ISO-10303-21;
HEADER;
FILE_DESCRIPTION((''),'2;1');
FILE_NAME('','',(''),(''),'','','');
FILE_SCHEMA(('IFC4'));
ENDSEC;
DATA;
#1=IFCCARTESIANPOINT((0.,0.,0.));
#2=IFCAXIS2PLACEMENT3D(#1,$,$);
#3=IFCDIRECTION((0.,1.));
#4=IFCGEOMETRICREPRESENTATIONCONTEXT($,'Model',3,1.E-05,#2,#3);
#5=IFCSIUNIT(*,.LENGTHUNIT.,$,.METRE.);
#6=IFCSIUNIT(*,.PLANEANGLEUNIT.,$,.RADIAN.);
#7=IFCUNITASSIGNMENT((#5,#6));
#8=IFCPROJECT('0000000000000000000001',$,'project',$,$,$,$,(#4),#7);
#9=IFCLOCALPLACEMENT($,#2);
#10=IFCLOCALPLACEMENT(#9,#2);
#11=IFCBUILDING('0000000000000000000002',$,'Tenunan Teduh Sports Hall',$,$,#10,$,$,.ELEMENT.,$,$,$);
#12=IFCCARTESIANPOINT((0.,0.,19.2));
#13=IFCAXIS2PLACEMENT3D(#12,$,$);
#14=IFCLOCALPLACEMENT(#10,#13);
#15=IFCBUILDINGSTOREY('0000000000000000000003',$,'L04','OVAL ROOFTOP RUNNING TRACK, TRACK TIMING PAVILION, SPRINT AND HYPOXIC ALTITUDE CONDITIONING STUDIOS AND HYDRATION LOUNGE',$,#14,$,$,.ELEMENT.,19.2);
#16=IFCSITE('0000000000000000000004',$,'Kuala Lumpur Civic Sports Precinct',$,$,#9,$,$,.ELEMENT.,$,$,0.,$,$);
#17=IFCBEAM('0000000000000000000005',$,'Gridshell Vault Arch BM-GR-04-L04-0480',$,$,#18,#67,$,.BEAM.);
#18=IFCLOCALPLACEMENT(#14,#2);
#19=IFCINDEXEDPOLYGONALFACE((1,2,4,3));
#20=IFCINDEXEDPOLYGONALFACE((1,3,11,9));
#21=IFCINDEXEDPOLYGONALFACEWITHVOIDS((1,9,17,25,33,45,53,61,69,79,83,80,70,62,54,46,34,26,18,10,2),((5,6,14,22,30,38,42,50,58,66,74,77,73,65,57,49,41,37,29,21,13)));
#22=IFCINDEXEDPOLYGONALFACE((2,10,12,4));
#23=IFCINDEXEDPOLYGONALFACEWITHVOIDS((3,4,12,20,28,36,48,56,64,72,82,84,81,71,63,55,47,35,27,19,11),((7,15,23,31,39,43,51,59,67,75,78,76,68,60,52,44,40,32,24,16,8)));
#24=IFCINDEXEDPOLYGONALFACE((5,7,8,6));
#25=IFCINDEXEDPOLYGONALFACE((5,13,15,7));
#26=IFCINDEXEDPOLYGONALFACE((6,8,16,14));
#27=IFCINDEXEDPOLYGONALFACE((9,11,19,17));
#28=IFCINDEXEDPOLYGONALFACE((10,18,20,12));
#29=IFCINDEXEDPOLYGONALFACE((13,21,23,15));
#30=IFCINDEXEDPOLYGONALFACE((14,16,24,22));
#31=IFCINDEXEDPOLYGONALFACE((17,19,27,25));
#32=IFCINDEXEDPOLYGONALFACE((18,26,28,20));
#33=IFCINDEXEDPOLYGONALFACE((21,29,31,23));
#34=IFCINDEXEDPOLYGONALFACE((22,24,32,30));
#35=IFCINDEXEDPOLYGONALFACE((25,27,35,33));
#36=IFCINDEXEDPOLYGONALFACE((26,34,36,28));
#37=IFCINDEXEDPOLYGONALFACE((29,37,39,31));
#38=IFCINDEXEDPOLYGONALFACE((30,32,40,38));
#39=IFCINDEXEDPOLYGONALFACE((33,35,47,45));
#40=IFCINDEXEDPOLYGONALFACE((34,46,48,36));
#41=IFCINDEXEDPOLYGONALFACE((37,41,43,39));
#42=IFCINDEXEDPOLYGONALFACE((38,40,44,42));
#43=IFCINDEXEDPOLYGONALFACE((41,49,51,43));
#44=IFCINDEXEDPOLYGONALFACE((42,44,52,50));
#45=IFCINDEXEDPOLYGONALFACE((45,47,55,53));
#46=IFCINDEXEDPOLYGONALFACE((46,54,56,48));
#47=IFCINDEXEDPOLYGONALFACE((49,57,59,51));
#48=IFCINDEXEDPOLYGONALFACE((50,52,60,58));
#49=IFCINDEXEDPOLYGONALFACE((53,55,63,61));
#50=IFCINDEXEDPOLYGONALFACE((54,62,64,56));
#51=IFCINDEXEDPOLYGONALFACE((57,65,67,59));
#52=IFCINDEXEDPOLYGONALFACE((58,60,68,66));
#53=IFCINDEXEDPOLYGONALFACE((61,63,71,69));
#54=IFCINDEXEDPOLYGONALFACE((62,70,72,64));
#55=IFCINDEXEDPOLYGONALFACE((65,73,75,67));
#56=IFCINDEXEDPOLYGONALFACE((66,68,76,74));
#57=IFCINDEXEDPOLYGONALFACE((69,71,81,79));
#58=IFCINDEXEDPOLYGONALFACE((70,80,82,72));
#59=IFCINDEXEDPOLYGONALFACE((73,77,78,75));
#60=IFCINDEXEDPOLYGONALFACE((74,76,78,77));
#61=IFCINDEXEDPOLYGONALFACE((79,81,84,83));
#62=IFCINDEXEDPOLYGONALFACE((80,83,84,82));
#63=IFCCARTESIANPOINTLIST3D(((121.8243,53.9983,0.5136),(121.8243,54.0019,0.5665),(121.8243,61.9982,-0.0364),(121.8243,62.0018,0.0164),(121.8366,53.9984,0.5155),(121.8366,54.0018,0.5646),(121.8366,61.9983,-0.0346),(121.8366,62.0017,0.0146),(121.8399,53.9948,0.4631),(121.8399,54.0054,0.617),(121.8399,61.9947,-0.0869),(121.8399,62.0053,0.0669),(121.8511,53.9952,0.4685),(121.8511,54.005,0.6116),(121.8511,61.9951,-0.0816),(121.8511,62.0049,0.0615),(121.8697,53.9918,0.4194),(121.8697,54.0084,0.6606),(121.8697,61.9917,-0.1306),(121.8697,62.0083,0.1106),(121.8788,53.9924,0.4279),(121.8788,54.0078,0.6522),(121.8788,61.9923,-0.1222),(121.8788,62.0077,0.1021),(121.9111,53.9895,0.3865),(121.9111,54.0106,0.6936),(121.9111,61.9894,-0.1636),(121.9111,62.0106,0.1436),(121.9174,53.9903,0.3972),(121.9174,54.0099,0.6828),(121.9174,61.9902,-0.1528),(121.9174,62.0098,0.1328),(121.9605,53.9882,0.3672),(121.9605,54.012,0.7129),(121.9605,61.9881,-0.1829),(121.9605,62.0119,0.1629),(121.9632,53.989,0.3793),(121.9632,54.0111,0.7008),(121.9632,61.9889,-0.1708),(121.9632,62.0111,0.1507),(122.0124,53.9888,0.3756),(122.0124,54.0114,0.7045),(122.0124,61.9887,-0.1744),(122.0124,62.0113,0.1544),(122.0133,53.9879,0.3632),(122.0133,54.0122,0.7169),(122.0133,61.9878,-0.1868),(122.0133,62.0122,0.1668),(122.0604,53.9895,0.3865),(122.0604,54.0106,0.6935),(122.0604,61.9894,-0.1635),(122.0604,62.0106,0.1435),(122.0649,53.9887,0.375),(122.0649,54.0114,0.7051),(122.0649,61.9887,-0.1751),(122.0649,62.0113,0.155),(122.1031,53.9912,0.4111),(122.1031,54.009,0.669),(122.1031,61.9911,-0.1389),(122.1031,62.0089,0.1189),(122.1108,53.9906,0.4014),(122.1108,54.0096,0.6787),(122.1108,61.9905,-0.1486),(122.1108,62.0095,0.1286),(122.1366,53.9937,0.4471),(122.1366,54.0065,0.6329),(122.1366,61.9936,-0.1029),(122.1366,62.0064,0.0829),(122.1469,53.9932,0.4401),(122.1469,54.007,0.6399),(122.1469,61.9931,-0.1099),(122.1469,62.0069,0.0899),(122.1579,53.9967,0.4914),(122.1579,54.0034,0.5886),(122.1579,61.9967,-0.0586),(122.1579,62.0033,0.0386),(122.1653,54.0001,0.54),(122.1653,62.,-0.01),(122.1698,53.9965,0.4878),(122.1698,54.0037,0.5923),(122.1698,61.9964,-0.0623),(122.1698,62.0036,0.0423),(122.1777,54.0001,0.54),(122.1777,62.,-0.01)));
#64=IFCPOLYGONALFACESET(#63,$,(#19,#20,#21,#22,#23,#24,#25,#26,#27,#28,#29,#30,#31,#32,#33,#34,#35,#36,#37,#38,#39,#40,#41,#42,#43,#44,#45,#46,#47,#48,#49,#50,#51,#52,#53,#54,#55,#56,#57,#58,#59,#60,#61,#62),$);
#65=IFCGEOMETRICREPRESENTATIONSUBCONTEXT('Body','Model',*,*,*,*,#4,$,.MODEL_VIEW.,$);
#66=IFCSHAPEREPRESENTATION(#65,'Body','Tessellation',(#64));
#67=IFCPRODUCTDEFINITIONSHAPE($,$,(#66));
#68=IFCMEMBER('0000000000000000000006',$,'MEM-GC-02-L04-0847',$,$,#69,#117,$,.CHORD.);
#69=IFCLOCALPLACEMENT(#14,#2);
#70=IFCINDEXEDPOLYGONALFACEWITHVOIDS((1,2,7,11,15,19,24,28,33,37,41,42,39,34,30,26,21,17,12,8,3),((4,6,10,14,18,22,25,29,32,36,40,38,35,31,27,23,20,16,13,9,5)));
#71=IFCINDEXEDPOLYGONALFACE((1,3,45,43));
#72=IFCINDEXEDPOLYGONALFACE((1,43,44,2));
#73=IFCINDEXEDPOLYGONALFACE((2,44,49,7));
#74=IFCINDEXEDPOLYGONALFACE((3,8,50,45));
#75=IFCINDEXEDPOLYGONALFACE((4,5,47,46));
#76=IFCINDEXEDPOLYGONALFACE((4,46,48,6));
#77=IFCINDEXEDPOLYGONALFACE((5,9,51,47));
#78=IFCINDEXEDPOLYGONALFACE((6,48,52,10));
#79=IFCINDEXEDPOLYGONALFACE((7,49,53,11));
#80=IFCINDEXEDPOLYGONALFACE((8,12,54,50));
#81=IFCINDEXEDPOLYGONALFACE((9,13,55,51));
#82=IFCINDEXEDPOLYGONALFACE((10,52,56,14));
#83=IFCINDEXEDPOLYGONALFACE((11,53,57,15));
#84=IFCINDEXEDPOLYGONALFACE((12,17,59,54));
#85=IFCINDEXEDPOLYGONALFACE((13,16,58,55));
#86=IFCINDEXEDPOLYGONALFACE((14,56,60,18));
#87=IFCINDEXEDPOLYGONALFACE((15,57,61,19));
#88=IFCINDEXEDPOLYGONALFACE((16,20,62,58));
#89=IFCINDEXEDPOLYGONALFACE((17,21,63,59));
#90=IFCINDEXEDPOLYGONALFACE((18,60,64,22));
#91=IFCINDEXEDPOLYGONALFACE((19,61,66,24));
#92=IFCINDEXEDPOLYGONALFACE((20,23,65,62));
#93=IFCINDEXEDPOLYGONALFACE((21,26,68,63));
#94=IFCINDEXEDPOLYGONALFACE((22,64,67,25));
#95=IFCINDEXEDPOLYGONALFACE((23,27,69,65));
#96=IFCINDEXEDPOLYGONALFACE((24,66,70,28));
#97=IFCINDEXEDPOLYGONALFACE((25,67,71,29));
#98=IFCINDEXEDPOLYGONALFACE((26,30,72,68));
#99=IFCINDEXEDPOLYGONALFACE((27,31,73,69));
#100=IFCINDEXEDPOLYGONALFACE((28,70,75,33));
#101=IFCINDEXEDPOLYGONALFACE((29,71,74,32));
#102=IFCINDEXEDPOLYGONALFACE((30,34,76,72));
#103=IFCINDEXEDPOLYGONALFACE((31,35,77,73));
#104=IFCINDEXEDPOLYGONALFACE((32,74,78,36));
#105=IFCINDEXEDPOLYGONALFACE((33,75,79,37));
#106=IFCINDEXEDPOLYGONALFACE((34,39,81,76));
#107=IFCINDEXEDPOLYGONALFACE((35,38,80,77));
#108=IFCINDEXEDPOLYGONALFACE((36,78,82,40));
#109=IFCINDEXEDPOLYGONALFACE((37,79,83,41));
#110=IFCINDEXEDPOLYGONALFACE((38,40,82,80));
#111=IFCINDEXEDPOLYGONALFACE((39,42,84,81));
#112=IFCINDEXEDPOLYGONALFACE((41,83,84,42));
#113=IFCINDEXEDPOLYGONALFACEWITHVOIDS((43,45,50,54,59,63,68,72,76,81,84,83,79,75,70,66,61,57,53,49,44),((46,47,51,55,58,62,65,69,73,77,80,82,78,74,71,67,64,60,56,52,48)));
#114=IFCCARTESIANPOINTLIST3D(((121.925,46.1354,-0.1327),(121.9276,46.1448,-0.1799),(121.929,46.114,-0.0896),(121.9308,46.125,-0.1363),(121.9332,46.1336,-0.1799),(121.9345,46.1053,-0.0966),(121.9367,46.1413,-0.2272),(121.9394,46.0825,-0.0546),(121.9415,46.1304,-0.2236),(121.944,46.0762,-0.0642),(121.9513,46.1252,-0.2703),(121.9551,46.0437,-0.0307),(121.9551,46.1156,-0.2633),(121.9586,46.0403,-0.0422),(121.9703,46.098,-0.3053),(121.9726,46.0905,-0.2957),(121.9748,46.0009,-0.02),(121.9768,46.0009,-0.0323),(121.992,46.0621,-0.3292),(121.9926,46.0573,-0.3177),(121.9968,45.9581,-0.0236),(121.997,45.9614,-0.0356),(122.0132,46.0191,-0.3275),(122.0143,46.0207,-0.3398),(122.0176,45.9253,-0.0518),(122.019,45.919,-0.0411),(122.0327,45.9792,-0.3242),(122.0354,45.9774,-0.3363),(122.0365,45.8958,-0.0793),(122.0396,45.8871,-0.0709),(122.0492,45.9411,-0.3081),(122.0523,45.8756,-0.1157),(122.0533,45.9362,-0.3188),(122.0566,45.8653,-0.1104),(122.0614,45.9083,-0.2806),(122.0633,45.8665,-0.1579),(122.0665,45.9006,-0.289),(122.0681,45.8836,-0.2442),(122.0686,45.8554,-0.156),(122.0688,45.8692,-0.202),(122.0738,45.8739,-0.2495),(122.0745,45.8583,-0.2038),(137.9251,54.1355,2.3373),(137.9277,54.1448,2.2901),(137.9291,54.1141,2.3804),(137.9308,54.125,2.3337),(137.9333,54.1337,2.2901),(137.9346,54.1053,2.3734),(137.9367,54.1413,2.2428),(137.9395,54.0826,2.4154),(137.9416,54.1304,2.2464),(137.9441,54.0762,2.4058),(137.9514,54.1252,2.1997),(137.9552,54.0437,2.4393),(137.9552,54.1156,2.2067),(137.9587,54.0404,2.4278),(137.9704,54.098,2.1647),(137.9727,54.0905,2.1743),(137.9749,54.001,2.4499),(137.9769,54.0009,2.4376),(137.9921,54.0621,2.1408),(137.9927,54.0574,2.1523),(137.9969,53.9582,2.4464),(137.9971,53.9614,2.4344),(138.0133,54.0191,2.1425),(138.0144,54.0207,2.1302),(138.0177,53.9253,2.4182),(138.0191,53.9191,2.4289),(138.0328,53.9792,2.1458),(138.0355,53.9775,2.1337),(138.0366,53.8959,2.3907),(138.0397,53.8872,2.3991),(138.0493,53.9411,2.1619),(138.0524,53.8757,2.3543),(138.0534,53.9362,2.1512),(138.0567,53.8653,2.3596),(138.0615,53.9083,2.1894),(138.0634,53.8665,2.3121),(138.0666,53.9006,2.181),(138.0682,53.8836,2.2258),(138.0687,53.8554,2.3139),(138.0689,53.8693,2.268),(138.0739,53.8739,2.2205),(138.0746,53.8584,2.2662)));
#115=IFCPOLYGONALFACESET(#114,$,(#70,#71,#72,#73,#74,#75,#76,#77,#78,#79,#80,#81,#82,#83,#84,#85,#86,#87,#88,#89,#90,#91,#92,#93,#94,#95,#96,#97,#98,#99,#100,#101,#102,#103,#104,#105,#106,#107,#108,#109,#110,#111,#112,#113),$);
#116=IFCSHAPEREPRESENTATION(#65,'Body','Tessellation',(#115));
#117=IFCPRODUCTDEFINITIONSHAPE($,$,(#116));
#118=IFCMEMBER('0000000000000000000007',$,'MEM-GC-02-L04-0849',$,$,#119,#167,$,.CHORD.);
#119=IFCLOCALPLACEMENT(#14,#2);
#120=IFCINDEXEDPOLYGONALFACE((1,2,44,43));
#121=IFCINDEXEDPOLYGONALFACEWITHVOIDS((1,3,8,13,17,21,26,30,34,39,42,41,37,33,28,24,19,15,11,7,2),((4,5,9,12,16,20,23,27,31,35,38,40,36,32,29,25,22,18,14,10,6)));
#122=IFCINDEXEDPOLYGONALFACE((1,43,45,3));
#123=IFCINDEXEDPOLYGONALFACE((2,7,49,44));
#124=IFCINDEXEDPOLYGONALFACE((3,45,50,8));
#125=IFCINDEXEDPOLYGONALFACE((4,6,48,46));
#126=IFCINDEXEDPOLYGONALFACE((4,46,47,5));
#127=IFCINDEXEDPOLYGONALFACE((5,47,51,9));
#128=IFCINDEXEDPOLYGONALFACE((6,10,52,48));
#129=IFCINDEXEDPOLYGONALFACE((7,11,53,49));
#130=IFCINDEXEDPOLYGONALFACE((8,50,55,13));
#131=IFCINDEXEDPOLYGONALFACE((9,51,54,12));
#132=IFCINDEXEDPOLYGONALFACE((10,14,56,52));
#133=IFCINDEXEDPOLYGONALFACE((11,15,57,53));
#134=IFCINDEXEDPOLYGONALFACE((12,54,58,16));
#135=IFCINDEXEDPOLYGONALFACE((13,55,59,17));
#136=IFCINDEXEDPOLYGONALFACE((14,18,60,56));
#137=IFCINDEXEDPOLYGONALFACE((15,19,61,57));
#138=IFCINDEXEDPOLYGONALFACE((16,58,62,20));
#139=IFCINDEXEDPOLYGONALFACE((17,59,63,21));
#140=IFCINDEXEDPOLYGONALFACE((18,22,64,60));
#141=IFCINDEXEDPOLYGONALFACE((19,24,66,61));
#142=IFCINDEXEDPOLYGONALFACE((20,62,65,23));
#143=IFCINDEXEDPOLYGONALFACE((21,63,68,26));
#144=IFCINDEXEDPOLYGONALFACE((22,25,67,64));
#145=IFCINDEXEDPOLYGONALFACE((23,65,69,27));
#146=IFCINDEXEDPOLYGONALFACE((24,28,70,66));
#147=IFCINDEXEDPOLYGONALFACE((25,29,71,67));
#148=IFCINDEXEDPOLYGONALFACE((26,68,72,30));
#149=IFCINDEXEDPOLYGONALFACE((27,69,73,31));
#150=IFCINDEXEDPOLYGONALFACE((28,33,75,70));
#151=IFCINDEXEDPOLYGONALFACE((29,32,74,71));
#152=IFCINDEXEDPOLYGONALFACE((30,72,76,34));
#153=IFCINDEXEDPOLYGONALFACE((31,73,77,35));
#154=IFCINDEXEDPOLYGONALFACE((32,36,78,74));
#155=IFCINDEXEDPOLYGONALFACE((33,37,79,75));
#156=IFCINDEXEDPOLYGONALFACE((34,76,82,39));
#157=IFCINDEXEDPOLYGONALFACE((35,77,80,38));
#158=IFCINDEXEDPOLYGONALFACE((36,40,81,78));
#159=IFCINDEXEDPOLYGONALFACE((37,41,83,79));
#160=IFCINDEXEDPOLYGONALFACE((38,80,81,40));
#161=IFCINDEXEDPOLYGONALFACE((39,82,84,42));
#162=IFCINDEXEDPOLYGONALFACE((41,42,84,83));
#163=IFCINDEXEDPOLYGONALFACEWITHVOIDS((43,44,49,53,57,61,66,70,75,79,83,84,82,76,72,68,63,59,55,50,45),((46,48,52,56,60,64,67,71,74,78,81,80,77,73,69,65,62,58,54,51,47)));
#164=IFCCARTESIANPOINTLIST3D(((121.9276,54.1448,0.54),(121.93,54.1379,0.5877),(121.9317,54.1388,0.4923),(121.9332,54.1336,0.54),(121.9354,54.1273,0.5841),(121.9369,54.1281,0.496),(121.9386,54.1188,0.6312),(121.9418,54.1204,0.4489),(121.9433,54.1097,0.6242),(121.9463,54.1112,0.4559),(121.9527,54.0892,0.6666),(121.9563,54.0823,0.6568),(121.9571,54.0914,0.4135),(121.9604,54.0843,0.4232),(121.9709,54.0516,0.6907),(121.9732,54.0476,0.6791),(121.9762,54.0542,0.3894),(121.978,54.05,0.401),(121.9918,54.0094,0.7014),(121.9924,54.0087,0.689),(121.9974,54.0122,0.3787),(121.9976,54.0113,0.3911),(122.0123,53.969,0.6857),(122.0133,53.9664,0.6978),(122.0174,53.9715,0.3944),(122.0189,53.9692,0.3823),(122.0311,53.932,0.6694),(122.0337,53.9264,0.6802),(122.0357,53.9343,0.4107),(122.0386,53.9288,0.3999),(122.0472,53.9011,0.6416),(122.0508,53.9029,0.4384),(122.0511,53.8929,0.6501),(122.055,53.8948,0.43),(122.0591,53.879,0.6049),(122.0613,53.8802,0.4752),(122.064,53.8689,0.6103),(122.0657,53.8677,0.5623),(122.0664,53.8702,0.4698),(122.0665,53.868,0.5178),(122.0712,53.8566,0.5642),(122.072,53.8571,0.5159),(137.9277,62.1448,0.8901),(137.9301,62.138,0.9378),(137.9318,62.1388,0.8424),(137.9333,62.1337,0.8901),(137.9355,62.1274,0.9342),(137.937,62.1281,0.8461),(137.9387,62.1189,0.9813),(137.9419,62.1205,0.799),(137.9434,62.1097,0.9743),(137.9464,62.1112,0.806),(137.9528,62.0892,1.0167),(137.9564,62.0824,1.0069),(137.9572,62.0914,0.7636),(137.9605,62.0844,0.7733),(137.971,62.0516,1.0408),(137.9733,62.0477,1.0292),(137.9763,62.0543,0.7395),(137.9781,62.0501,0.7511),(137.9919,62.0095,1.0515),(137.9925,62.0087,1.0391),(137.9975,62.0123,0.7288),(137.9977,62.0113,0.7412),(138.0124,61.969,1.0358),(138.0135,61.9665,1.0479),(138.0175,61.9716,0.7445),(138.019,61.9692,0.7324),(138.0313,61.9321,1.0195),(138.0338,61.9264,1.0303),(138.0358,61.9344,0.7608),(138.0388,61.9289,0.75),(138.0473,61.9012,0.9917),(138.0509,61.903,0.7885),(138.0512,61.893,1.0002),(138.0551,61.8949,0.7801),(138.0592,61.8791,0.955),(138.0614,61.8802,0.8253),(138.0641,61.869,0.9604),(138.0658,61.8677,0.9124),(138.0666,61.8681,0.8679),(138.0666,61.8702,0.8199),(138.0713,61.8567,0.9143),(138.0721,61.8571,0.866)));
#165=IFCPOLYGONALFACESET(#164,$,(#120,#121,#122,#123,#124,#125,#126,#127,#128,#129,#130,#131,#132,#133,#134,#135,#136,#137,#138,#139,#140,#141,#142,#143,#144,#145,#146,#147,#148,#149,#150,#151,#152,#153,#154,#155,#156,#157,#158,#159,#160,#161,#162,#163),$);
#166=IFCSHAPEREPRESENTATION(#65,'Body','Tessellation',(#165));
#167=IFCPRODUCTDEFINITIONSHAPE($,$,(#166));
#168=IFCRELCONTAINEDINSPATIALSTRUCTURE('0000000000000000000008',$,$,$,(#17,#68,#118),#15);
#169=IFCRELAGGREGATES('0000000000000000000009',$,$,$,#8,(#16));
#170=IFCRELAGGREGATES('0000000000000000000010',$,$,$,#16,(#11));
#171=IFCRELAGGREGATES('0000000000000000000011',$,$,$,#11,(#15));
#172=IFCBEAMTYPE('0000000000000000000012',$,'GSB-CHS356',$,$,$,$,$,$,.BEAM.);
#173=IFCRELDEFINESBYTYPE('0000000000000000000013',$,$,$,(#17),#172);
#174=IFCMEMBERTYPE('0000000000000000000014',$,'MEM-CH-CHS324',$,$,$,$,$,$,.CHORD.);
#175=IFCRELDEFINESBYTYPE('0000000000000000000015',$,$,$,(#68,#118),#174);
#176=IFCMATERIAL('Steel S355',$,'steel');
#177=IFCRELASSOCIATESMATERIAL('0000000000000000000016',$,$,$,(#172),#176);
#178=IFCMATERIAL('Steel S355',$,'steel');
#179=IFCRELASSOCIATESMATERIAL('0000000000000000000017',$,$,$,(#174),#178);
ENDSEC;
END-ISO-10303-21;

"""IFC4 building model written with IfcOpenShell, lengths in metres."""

from ifc_helpers import new_model, si_unit, direction, frame, origin, origin_2d, place, context, subcontext, project, spatial, hollow_circle, extrude, material, material_profile, profile_set, type_object, element, save


model = new_model("IFC4")

# Units and contexts
model_context = context("Model", 3, precision=1e-05, world=origin(), true_north=direction((0.0, 1.0)))
body_context = subcontext(model_context, "Body", "Model", "MODEL_VIEW")
ifc_project = project(units=[si_unit("LENGTHUNIT", "METRE"), si_unit("PLANEANGLEUNIT", "RADIAN")], contexts=[model_context])

# Site, building, storey
site_placement = place(None, origin())
site = spatial("IfcSite", under=ifc_project, at=site_placement, Name="Kuala Lumpur Civic Sports Precinct", CompositionType="ELEMENT", RefElevation=0.0)
building_placement = place(site_placement, origin())
building = spatial("IfcBuilding", under=site, at=building_placement, Name="Tenunan Teduh Sports Hall", CompositionType="ELEMENT")
storey_placement = place(building_placement, frame((0.0, 0.0, 19.2)))
storey = spatial("IfcBuildingStorey", under=building, at=storey_placement, Name="L04", Description="OVAL ROOFTOP RUNNING TRACK, TRACK TIMING PAVILION, SPRINT AND HYPOXIC ALTITUDE CONDITIONING STUDIOS AND HYDRATION LOUNGE", CompositionType="ELEMENT", Elevation=19.2)

# Beam
ifc_material_1 = material(Name="Steel S355", Category="steel")
ifc_material_profile_1 = material_profile(ifc_material_1, hollow_circle(Radius=0.1777, WallThickness=0.0125, at=origin_2d()), Name="CHS 355.6x12.5")
ifc_profile_set_1 = profile_set([ifc_material_profile_1], Name="Steel S355")
beam_type_1 = type_object("IfcBeamType", Name="GSB-CHS356", PredefinedType="BEAM", material=ifc_profile_set_1)
beam_1_placement = place(storey_placement, frame((122.0, 62.0, -0.01), z_axis=(0.0, -0.997645, 0.068594), x_axis=(1.0, 0.0, 0.0)))
element("IfcBeam", 1, at=beam_1_placement, inside=storey, type_object=beam_type_1, Name="Gridshell Vault Arch BM-GR-04-L04-0480", PredefinedType="BEAM", context=body_context, shape_type="SweptSolid", body=[
    extrude(hollow_circle(Radius=0.1777, WallThickness=0.0125, at=origin_2d()), origin(), (0.0, 0.0, 1.0), 8.0188),
])

# Members
ifc_material_2 = material(Name="Steel S355", Category="steel")
ifc_material_profile_2 = material_profile(ifc_material_2, hollow_circle(Radius=0.1619, WallThickness=0.0125, at=origin_2d()), Name="CHS 323.9x12.5")
ifc_profile_set_2 = profile_set([ifc_material_profile_2], Name="Steel S355")
member_type_1 = type_object("IfcMemberType", Name="MEM-CH-CHS324", PredefinedType="CHORD", material=ifc_profile_set_2)
member_1_placement = place(storey_placement, frame((122.0, 46.0, -0.1799), z_axis=(0.886021, 0.443011, 0.136778), x_axis=(-0.447214, 0.894427, 0.0)))
element("IfcMember", 2, at=member_1_placement, inside=storey, type_object=member_type_1, Name="MEM-GC-02-L04-0847", PredefinedType="CHORD", context=body_context, shape_type="SweptSolid", body=[
    extrude(hollow_circle(Radius=0.1619, WallThickness=0.0125, at=origin_2d()), origin(), (0.0, 0.0, 1.0), 18.0583),
])
member_2_placement = place(storey_placement, frame((122.0, 54.0, 0.54), z_axis=(0.894256, 0.447128, 0.019567), x_axis=(-0.447214, 0.894427, 0.0)))
element("IfcMember", 3, at=member_2_placement, inside=storey, type_object=member_type_1, Name="MEM-GC-02-L04-0849", PredefinedType="CHORD", context=body_context, shape_type="SweptSolid", body=[
    extrude(hollow_circle(Radius=0.1619, WallThickness=0.0125, at=origin_2d()), origin(), (0.0, 0.0, 1.0), 17.8921),
])

save(model, "model.ifc")
